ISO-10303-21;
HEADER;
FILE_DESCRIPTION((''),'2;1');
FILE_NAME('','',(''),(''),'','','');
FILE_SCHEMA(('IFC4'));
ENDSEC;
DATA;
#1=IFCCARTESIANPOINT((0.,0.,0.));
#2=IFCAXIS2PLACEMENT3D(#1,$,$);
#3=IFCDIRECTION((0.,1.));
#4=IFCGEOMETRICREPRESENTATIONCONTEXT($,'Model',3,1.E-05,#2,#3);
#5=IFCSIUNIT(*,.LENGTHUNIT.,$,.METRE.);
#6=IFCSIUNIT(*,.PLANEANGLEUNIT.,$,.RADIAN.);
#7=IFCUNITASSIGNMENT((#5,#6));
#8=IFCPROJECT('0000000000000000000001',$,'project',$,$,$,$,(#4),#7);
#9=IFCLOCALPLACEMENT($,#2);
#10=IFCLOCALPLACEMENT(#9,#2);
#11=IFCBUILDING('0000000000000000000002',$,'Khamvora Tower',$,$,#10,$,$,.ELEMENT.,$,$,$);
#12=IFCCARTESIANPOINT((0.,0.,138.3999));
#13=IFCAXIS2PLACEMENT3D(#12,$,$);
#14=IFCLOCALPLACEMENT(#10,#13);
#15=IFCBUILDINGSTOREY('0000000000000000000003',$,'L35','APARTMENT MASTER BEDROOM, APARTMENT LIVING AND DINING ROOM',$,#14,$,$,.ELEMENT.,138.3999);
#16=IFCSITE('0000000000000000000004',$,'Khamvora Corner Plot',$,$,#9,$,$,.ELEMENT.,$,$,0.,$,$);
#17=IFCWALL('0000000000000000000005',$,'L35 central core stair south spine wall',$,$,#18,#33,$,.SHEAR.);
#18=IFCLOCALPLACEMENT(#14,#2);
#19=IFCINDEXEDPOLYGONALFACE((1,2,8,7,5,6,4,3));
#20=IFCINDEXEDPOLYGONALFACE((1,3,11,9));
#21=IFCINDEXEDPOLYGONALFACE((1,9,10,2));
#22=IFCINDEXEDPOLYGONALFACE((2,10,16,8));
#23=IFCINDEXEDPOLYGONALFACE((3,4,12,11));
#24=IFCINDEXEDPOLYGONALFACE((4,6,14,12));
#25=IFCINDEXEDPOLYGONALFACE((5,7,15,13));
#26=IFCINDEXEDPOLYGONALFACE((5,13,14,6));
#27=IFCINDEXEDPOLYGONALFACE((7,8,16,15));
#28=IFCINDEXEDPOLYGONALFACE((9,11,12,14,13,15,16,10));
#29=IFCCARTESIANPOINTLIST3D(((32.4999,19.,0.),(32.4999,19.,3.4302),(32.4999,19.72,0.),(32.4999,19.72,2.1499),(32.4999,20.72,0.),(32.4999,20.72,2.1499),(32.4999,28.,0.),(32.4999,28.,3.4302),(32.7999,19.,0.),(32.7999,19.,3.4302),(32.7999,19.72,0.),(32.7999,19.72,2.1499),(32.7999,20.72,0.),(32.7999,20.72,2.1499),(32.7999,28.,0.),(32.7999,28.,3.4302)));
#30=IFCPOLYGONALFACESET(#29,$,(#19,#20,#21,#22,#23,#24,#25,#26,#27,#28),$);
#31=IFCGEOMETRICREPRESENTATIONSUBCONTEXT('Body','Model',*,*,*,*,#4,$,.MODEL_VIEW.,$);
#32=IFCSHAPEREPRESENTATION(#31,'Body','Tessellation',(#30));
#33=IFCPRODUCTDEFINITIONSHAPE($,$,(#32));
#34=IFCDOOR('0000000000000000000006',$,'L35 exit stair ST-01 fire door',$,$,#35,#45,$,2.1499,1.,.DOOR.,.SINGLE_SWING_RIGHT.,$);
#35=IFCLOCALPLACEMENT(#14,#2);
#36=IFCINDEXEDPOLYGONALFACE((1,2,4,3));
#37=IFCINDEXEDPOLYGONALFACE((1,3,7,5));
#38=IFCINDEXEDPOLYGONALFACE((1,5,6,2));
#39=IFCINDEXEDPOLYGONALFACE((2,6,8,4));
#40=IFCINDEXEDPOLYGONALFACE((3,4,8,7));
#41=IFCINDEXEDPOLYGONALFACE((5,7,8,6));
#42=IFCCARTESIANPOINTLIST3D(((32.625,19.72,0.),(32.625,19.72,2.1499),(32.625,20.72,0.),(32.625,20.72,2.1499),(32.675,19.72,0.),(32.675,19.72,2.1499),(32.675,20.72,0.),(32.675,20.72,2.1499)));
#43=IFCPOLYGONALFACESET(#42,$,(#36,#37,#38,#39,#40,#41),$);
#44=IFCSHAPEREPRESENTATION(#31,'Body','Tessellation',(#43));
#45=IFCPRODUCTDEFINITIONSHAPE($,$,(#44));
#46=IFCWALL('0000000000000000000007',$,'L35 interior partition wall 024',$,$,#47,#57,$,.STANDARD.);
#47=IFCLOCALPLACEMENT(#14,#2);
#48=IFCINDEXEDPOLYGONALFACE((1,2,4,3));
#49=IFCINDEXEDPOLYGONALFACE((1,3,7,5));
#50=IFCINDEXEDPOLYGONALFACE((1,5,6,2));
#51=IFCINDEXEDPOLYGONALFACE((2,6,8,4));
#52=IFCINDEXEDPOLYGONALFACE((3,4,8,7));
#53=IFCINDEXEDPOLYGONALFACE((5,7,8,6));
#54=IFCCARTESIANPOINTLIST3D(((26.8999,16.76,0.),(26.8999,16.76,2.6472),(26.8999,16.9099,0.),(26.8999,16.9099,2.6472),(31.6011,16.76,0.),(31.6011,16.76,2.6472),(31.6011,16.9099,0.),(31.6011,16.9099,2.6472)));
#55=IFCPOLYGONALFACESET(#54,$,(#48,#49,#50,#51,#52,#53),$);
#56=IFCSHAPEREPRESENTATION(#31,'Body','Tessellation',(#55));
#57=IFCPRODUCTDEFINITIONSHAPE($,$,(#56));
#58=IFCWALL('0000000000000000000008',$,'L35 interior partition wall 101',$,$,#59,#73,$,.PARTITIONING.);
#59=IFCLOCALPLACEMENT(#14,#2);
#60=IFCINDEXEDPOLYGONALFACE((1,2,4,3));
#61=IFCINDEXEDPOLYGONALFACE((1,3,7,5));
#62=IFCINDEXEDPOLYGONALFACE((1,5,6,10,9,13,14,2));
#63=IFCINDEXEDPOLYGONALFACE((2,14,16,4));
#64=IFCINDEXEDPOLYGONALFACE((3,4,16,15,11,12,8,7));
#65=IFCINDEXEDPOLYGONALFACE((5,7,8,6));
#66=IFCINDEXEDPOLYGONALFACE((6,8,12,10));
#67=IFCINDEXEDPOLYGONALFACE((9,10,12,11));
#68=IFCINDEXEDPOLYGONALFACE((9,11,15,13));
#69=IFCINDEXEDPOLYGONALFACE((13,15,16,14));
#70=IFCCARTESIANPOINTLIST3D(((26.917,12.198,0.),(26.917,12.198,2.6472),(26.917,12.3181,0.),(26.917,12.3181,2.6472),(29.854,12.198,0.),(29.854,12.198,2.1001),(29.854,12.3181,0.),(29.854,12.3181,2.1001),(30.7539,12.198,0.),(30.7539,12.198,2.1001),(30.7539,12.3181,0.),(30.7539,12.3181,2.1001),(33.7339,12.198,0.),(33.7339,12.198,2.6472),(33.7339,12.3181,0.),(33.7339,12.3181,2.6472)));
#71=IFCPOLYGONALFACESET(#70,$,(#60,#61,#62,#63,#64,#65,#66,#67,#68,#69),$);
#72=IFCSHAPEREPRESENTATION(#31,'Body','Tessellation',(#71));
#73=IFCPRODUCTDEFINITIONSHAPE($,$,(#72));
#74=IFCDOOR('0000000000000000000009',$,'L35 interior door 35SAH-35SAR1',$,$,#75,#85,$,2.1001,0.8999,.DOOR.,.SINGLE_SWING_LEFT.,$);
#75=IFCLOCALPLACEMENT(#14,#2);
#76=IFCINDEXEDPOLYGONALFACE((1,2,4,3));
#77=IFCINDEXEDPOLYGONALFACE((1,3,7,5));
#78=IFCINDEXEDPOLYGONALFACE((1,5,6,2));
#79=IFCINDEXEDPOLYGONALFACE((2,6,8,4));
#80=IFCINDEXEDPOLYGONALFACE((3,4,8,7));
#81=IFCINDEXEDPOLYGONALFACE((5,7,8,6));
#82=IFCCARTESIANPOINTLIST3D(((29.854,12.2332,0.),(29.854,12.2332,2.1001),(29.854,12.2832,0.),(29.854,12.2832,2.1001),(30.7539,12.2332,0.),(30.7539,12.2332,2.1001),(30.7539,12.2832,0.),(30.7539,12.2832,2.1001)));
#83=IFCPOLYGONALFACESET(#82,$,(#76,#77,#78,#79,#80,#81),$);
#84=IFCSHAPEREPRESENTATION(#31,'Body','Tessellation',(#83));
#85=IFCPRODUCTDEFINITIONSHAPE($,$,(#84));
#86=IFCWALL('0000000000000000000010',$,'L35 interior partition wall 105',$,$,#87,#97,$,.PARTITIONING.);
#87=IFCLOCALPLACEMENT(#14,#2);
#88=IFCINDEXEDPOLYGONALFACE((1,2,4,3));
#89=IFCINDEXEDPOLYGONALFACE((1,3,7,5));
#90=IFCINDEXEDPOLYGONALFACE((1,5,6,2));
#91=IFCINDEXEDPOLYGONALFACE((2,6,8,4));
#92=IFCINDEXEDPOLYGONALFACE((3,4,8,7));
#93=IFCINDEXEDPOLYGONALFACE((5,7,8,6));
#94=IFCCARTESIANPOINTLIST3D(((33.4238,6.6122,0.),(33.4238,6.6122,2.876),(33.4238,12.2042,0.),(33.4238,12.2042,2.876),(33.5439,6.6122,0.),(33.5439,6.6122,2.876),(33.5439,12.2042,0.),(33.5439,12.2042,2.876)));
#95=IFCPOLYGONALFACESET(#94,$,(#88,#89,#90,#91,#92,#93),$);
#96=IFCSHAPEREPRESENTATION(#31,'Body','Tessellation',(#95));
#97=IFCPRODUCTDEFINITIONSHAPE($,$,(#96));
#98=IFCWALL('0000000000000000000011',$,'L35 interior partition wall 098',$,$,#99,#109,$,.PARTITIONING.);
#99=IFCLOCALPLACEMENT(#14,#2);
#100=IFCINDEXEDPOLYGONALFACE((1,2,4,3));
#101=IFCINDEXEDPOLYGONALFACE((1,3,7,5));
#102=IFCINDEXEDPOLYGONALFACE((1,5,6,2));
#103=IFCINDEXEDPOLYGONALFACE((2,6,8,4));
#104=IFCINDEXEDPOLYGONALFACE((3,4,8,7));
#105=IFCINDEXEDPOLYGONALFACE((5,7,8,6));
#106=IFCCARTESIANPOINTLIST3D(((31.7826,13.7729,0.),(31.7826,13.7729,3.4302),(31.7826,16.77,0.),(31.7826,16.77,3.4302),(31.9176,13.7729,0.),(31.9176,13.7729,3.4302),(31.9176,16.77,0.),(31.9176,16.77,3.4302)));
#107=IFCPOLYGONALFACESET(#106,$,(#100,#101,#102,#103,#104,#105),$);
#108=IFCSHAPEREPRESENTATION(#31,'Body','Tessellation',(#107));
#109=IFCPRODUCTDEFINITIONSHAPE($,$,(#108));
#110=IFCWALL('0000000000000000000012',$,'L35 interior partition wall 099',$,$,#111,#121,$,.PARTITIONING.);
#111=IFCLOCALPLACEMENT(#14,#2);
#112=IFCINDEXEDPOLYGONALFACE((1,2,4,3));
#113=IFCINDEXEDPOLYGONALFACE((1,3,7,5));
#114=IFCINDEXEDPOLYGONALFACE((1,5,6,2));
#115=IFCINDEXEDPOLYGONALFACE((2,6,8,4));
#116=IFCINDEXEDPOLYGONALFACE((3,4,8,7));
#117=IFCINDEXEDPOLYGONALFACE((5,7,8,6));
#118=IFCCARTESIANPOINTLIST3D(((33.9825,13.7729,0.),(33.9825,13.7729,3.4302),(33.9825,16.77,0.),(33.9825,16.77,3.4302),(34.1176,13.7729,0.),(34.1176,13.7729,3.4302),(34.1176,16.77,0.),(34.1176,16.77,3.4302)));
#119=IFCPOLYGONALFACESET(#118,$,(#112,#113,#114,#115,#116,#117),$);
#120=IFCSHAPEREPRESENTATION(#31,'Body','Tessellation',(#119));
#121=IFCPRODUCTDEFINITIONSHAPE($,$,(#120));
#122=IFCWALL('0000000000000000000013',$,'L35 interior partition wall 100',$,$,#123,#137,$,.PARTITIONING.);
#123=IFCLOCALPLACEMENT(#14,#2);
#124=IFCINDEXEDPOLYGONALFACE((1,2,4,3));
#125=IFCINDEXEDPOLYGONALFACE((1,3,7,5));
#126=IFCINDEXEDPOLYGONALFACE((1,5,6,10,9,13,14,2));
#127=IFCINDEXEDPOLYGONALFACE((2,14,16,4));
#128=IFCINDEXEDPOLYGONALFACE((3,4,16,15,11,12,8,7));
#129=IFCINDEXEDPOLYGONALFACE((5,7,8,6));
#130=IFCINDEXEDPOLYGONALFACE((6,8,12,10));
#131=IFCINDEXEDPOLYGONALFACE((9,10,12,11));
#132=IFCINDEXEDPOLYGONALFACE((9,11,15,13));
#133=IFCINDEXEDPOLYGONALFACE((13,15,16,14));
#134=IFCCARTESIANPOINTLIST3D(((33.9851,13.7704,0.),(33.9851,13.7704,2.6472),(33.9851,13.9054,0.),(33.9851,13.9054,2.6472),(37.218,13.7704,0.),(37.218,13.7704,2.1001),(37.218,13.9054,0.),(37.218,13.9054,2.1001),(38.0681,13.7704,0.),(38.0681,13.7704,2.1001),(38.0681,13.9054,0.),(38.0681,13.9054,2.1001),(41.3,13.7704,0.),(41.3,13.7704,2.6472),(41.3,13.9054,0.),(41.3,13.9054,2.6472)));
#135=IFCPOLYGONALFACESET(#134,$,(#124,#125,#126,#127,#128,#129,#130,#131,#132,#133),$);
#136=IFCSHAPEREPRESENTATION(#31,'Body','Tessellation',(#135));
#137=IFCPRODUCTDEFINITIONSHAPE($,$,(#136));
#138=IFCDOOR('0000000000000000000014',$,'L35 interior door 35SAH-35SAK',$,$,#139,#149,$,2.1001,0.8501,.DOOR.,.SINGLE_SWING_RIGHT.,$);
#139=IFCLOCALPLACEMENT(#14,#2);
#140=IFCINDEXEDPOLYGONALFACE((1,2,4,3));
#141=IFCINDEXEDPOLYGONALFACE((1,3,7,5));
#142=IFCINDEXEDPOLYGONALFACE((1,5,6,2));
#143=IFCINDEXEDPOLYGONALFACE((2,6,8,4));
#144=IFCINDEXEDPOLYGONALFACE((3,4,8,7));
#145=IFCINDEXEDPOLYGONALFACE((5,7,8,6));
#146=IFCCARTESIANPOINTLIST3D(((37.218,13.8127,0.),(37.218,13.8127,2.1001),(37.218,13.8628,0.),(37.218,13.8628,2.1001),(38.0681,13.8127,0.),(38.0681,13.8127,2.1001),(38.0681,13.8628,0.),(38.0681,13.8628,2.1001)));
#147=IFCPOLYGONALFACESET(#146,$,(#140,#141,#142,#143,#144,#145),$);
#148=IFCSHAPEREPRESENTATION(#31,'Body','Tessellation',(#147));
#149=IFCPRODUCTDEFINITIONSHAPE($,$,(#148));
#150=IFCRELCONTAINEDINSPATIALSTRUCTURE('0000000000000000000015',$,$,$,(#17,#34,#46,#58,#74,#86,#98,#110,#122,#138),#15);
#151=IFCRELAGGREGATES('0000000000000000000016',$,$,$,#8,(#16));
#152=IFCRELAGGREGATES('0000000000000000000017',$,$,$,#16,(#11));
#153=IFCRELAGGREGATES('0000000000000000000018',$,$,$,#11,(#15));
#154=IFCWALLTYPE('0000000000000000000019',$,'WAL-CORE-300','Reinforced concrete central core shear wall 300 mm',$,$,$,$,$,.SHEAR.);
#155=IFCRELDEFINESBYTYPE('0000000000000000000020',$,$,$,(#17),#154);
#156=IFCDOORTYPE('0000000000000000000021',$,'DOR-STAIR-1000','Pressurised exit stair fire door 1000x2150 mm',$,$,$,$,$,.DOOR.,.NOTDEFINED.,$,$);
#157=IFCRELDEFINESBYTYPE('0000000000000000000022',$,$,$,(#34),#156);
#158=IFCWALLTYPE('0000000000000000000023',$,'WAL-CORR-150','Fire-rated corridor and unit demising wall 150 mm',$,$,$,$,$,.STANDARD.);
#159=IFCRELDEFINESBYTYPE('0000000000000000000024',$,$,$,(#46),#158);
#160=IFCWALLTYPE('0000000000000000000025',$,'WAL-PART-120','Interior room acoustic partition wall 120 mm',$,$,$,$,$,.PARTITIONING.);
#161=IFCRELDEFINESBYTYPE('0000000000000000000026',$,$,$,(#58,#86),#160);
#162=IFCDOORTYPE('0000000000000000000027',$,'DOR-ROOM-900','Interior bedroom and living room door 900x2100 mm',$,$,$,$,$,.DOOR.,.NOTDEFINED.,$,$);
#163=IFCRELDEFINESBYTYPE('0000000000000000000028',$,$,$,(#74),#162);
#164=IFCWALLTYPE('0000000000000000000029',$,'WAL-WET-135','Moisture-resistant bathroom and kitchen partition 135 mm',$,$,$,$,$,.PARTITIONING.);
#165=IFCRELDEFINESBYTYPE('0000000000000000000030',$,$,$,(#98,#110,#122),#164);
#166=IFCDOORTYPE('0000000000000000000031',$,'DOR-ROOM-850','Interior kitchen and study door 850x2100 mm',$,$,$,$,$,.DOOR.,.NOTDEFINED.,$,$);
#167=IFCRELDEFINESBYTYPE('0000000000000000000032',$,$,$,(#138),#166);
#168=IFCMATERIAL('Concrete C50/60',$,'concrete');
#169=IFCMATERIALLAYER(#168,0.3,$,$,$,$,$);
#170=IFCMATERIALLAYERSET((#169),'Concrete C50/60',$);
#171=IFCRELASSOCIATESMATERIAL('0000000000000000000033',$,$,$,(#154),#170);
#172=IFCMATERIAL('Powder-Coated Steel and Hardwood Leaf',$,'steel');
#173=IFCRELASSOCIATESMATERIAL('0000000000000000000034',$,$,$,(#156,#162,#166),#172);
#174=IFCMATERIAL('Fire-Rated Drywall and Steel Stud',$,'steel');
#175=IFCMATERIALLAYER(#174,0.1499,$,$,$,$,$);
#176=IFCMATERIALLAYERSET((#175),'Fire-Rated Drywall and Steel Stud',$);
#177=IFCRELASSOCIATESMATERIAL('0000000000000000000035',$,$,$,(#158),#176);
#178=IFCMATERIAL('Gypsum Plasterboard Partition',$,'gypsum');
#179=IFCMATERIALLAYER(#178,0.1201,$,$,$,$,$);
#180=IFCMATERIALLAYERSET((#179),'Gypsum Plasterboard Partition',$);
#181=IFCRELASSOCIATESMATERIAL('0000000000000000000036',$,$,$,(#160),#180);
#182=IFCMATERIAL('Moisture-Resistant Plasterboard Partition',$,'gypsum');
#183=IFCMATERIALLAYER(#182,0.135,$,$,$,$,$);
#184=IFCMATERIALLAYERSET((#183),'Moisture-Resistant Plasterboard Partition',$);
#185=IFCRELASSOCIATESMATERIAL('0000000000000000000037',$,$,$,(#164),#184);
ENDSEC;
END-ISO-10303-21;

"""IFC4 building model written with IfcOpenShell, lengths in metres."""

from ifc_helpers import new_model, si_unit, direction, frame, frame_2d, origin, place, context, subcontext, project, spatial, rectangle, extrude, material, layer, layer_set, type_object, element, fill, save


model = new_model("IFC4")

# Units and contexts
model_context = context("Model", 3, precision=1e-05, world=origin(), true_north=direction((0.0, 1.0)))
body_context = subcontext(model_context, "Body", "Model", "MODEL_VIEW")
ifc_project = project(units=[si_unit("LENGTHUNIT", "METRE"), si_unit("PLANEANGLEUNIT", "RADIAN")], contexts=[model_context])

# Site, building, storey
site_placement = place(None, origin())
site = spatial("IfcSite", under=ifc_project, at=site_placement, Name="Khamvora Corner Plot", CompositionType="ELEMENT", RefElevation=0.0)
building_placement = place(site_placement, origin())
building = spatial("IfcBuilding", under=site, at=building_placement, Name="Khamvora Tower", CompositionType="ELEMENT")
storey_placement = place(building_placement, frame((0.0, 0.0, 138.3999)))
storey = spatial("IfcBuildingStorey", under=building, at=storey_placement, Name="L35", Description="APARTMENT MASTER BEDROOM, APARTMENT LIVING AND DINING ROOM", CompositionType="ELEMENT", Elevation=138.3999)

# Wall, opening, door
ifc_material_1 = material(Name="Concrete C50/60", Category="concrete")
ifc_layer_1 = layer(ifc_material_1, 0.3)
ifc_layer_set_1 = layer_set([ifc_layer_1], Name="Concrete C50/60")
wall_type_1 = type_object("IfcWallType", Name="WAL-CORE-300", Description="Reinforced concrete central core shear wall 300 mm", PredefinedType="SHEAR", material=ifc_layer_set_1)
wall_1_placement = place(storey_placement, frame((32.6499, 19.0, 0.0), z_axis=(0.0, 0.0, 1.0), x_axis=(0.0, 1.0, 0.0)))
wall_1 = element("IfcWall", 1, at=wall_1_placement, inside=storey, type_object=wall_type_1, Name="L35 central core stair south spine wall", PredefinedType="SHEAR", context=body_context, shape_type="SweptSolid", body=[
    extrude(rectangle(XDim=9.0, YDim=0.3, at=frame_2d((4.5, 0.0))), origin(), (0.0, 0.0, 1.0), 3.4302),
])
opening_1_placement = place(wall_1_placement, frame((0.72, 0.0, 0.0)))
opening_1 = element("IfcOpeningElement", 2, at=opening_1_placement, cuts=wall_1, PredefinedType="OPENING", context=body_context, shape_type="SweptSolid", body=[
    extrude(rectangle(XDim=1.0, YDim=2.1499, at=frame_2d((0.5, 1.075))), frame((0.0, 0.1599, 0.0), z_axis=(0.0, -1.0, 0.0), x_axis=(1.0, 0.0, 0.0)), (0.0, 0.0, 1.0), 0.3201),
])
ifc_material_2 = material(Name="Powder-Coated Steel and Hardwood Leaf", Category="steel")
door_type_1 = type_object("IfcDoorType", Name="DOR-STAIR-1000", Description="Pressurised exit stair fire door 1000x2150 mm", OperationType="NOTDEFINED", PredefinedType="DOOR", material=ifc_material_2)
door_1_placement = place(opening_1_placement, origin())
door_1 = element("IfcDoor", 3, at=door_1_placement, inside=storey, type_object=door_type_1, Name="L35 exit stair ST-01 fire door", OperationType="SINGLE_SWING_RIGHT", OverallHeight=2.1499, OverallWidth=1.0, PredefinedType="DOOR", context=body_context, shape_type="SweptSolid", body=[
    extrude(rectangle(XDim=1.0, YDim=2.1499, at=frame_2d((0.5, 1.075))), frame((0.0, 0.0249, 0.0), z_axis=(0.0, -1.0, 0.0), x_axis=(1.0, 0.0, 0.0)), (0.0, 0.0, 1.0), 0.05),
])
fill(opening_1, door_1)
ifc_material_3 = material(Name="Fire-Rated Drywall and Steel Stud", Category="steel")
ifc_layer_2 = layer(ifc_material_3, 0.1499)
ifc_layer_set_2 = layer_set([ifc_layer_2], Name="Fire-Rated Drywall and Steel Stud")
wall_type_2 = type_object("IfcWallType", Name="WAL-CORR-150", Description="Fire-rated corridor and unit demising wall 150 mm", PredefinedType="STANDARD", material=ifc_layer_set_2)

# Wall
wall_2_placement = place(storey_placement, frame((31.6011, 16.835, 0.0), z_axis=(0.0, 0.0, 1.0), x_axis=(-1.0, 0.0, 0.0)))
element("IfcWall", 4, at=wall_2_placement, inside=storey, type_object=wall_type_2, Name="L35 interior partition wall 024", PredefinedType="STANDARD", context=body_context, shape_type="SweptSolid", body=[
    extrude(rectangle(XDim=4.7012, YDim=0.1499, at=frame_2d((2.3506, 0.0))), origin(), (0.0, 0.0, 1.0), 2.6472),
])

# Wall, opening, door
ifc_material_4 = material(Name="Gypsum Plasterboard Partition", Category="gypsum")
ifc_layer_3 = layer(ifc_material_4, 0.1201)
ifc_layer_set_3 = layer_set([ifc_layer_3], Name="Gypsum Plasterboard Partition")
wall_type_3 = type_object("IfcWallType", Name="WAL-PART-120", Description="Interior room acoustic partition wall 120 mm", PredefinedType="PARTITIONING", material=ifc_layer_set_3)
wall_3_placement = place(storey_placement, frame((33.7339, 12.2581, 0.0), z_axis=(0.0, 0.0, 1.0), x_axis=(-1.0, 0.0, 0.0)))
wall_3 = element("IfcWall", 5, at=wall_3_placement, inside=storey, type_object=wall_type_3, Name="L35 interior partition wall 101", PredefinedType="PARTITIONING", context=body_context, shape_type="SweptSolid", body=[
    extrude(rectangle(XDim=6.8169, YDim=0.1201, at=frame_2d((3.4084, 0.0))), origin(), (0.0, 0.0, 1.0), 2.6472),
])
opening_2_placement = place(wall_3_placement, frame((2.98, 0.0, 0.0)))
opening_2 = element("IfcOpeningElement", 6, at=opening_2_placement, cuts=wall_3, PredefinedType="OPENING", context=body_context, shape_type="SweptSolid", body=[
    extrude(rectangle(XDim=0.8999, YDim=2.1001, at=frame_2d((0.45, 1.05))), frame((0.0, 0.0701, 0.0), z_axis=(0.0, -1.0, 0.0), x_axis=(1.0, 0.0, 0.0)), (0.0, 0.0, 1.0), 0.1401),
])
door_type_2 = type_object("IfcDoorType", Name="DOR-ROOM-900", Description="Interior bedroom and living room door 900x2100 mm", OperationType="NOTDEFINED", PredefinedType="DOOR", material=ifc_material_2)
door_2_placement = place(opening_2_placement, origin())
door_2 = element("IfcDoor", 7, at=door_2_placement, inside=storey, type_object=door_type_2, Name="L35 interior door 35SAH-35SAR1", OperationType="SINGLE_SWING_LEFT", OverallHeight=2.1001, OverallWidth=0.8999, PredefinedType="DOOR", context=body_context, shape_type="SweptSolid", body=[
    extrude(rectangle(XDim=0.8999, YDim=2.1001, at=frame_2d((0.45, 1.05))), frame((0.0, 0.0249, 0.0), z_axis=(0.0, -1.0, 0.0), x_axis=(1.0, 0.0, 0.0)), (0.0, 0.0, 1.0), 0.05),
])
fill(opening_2, door_2)

# Walls
wall_4_placement = place(storey_placement, frame((33.4839, 12.2041, 0.0), z_axis=(0.0, 0.0, 1.0), x_axis=(0.0, -1.0, 0.0)))
element("IfcWall", 8, at=wall_4_placement, inside=storey, type_object=wall_type_3, Name="L35 interior partition wall 105", PredefinedType="PARTITIONING", context=body_context, shape_type="SweptSolid", body=[
    extrude(rectangle(XDim=5.592, YDim=0.1201, at=frame_2d((2.7959, 0.0))), origin(), (0.0, 0.0, 1.0), 2.876),
])
ifc_material_5 = material(Name="Moisture-Resistant Plasterboard Partition", Category="gypsum")
ifc_layer_4 = layer(ifc_material_5, 0.135)
ifc_layer_set_4 = layer_set([ifc_layer_4], Name="Moisture-Resistant Plasterboard Partition")
wall_type_4 = type_object("IfcWallType", Name="WAL-WET-135", Description="Moisture-resistant bathroom and kitchen partition 135 mm", PredefinedType="PARTITIONING", material=ifc_layer_set_4)
for number, where, z_axis, x_axis, name in (
    (9, (31.8501, 13.7729, 0.0), (0.0, 0.0, 1.0), (0.0, 1.0, 0.0), "L35 interior partition wall 098"),
    (10, (34.05, 16.77, 0.0), (0.0, 0.0, 1.0), (0.0, -1.0, 0.0), "L35 interior partition wall 099"),
):
    element("IfcWall", number, at=place(storey_placement, frame(where, z_axis=z_axis, x_axis=x_axis)), inside=storey, type_object=wall_type_4, Name=name, PredefinedType="PARTITIONING", context=body_context, shape_type="SweptSolid", body=[
        extrude(rectangle(XDim=2.9971, YDim=0.135, at=frame_2d((1.4985, 0.0))), origin(), (0.0, 0.0, 1.0), 3.4302),
    ])

# Wall, opening, door
wall_5_placement = place(storey_placement, frame((33.9851, 13.8379, 0.0), z_axis=(0.0, 0.0, 1.0), x_axis=(1.0, 0.0, 0.0)))
wall_5 = element("IfcWall", 11, at=wall_5_placement, inside=storey, type_object=wall_type_4, Name="L35 interior partition wall 100", PredefinedType="PARTITIONING", context=body_context, shape_type="SweptSolid", body=[
    extrude(rectangle(XDim=7.3149, YDim=0.135, at=frame_2d((3.6575, 0.0))), origin(), (0.0, 0.0, 1.0), 2.6472),
])
opening_3_placement = place(wall_5_placement, frame((3.2329, 0.0, 0.0)))
opening_3 = element("IfcOpeningElement", 12, at=opening_3_placement, cuts=wall_5, PredefinedType="OPENING", context=body_context, shape_type="SweptSolid", body=[
    extrude(rectangle(XDim=0.8501, YDim=2.1001, at=frame_2d((0.425, 1.05))), frame((0.0, 0.0774, 0.0), z_axis=(0.0, -1.0, 0.0), x_axis=(1.0, 0.0, 0.0)), (0.0, 0.0, 1.0), 0.155),
])
door_type_3 = type_object("IfcDoorType", Name="DOR-ROOM-850", Description="Interior kitchen and study door 850x2100 mm", OperationType="NOTDEFINED", PredefinedType="DOOR", material=ifc_material_2)
door_3_placement = place(opening_3_placement, origin())
door_3 = element("IfcDoor", 13, at=door_3_placement, inside=storey, type_object=door_type_3, Name="L35 interior door 35SAH-35SAK", OperationType="SINGLE_SWING_RIGHT", OverallHeight=2.1001, OverallWidth=0.8501, PredefinedType="DOOR", context=body_context, shape_type="SweptSolid", body=[
    extrude(rectangle(XDim=0.8501, YDim=2.1001, at=frame_2d((0.425, 1.05))), frame((0.0, 0.0249, 0.0), z_axis=(0.0, -1.0, 0.0), x_axis=(1.0, 0.0, 0.0)), (0.0, 0.0, 1.0), 0.05),
])
fill(opening_3, door_3)

save(model, "model.ifc")
